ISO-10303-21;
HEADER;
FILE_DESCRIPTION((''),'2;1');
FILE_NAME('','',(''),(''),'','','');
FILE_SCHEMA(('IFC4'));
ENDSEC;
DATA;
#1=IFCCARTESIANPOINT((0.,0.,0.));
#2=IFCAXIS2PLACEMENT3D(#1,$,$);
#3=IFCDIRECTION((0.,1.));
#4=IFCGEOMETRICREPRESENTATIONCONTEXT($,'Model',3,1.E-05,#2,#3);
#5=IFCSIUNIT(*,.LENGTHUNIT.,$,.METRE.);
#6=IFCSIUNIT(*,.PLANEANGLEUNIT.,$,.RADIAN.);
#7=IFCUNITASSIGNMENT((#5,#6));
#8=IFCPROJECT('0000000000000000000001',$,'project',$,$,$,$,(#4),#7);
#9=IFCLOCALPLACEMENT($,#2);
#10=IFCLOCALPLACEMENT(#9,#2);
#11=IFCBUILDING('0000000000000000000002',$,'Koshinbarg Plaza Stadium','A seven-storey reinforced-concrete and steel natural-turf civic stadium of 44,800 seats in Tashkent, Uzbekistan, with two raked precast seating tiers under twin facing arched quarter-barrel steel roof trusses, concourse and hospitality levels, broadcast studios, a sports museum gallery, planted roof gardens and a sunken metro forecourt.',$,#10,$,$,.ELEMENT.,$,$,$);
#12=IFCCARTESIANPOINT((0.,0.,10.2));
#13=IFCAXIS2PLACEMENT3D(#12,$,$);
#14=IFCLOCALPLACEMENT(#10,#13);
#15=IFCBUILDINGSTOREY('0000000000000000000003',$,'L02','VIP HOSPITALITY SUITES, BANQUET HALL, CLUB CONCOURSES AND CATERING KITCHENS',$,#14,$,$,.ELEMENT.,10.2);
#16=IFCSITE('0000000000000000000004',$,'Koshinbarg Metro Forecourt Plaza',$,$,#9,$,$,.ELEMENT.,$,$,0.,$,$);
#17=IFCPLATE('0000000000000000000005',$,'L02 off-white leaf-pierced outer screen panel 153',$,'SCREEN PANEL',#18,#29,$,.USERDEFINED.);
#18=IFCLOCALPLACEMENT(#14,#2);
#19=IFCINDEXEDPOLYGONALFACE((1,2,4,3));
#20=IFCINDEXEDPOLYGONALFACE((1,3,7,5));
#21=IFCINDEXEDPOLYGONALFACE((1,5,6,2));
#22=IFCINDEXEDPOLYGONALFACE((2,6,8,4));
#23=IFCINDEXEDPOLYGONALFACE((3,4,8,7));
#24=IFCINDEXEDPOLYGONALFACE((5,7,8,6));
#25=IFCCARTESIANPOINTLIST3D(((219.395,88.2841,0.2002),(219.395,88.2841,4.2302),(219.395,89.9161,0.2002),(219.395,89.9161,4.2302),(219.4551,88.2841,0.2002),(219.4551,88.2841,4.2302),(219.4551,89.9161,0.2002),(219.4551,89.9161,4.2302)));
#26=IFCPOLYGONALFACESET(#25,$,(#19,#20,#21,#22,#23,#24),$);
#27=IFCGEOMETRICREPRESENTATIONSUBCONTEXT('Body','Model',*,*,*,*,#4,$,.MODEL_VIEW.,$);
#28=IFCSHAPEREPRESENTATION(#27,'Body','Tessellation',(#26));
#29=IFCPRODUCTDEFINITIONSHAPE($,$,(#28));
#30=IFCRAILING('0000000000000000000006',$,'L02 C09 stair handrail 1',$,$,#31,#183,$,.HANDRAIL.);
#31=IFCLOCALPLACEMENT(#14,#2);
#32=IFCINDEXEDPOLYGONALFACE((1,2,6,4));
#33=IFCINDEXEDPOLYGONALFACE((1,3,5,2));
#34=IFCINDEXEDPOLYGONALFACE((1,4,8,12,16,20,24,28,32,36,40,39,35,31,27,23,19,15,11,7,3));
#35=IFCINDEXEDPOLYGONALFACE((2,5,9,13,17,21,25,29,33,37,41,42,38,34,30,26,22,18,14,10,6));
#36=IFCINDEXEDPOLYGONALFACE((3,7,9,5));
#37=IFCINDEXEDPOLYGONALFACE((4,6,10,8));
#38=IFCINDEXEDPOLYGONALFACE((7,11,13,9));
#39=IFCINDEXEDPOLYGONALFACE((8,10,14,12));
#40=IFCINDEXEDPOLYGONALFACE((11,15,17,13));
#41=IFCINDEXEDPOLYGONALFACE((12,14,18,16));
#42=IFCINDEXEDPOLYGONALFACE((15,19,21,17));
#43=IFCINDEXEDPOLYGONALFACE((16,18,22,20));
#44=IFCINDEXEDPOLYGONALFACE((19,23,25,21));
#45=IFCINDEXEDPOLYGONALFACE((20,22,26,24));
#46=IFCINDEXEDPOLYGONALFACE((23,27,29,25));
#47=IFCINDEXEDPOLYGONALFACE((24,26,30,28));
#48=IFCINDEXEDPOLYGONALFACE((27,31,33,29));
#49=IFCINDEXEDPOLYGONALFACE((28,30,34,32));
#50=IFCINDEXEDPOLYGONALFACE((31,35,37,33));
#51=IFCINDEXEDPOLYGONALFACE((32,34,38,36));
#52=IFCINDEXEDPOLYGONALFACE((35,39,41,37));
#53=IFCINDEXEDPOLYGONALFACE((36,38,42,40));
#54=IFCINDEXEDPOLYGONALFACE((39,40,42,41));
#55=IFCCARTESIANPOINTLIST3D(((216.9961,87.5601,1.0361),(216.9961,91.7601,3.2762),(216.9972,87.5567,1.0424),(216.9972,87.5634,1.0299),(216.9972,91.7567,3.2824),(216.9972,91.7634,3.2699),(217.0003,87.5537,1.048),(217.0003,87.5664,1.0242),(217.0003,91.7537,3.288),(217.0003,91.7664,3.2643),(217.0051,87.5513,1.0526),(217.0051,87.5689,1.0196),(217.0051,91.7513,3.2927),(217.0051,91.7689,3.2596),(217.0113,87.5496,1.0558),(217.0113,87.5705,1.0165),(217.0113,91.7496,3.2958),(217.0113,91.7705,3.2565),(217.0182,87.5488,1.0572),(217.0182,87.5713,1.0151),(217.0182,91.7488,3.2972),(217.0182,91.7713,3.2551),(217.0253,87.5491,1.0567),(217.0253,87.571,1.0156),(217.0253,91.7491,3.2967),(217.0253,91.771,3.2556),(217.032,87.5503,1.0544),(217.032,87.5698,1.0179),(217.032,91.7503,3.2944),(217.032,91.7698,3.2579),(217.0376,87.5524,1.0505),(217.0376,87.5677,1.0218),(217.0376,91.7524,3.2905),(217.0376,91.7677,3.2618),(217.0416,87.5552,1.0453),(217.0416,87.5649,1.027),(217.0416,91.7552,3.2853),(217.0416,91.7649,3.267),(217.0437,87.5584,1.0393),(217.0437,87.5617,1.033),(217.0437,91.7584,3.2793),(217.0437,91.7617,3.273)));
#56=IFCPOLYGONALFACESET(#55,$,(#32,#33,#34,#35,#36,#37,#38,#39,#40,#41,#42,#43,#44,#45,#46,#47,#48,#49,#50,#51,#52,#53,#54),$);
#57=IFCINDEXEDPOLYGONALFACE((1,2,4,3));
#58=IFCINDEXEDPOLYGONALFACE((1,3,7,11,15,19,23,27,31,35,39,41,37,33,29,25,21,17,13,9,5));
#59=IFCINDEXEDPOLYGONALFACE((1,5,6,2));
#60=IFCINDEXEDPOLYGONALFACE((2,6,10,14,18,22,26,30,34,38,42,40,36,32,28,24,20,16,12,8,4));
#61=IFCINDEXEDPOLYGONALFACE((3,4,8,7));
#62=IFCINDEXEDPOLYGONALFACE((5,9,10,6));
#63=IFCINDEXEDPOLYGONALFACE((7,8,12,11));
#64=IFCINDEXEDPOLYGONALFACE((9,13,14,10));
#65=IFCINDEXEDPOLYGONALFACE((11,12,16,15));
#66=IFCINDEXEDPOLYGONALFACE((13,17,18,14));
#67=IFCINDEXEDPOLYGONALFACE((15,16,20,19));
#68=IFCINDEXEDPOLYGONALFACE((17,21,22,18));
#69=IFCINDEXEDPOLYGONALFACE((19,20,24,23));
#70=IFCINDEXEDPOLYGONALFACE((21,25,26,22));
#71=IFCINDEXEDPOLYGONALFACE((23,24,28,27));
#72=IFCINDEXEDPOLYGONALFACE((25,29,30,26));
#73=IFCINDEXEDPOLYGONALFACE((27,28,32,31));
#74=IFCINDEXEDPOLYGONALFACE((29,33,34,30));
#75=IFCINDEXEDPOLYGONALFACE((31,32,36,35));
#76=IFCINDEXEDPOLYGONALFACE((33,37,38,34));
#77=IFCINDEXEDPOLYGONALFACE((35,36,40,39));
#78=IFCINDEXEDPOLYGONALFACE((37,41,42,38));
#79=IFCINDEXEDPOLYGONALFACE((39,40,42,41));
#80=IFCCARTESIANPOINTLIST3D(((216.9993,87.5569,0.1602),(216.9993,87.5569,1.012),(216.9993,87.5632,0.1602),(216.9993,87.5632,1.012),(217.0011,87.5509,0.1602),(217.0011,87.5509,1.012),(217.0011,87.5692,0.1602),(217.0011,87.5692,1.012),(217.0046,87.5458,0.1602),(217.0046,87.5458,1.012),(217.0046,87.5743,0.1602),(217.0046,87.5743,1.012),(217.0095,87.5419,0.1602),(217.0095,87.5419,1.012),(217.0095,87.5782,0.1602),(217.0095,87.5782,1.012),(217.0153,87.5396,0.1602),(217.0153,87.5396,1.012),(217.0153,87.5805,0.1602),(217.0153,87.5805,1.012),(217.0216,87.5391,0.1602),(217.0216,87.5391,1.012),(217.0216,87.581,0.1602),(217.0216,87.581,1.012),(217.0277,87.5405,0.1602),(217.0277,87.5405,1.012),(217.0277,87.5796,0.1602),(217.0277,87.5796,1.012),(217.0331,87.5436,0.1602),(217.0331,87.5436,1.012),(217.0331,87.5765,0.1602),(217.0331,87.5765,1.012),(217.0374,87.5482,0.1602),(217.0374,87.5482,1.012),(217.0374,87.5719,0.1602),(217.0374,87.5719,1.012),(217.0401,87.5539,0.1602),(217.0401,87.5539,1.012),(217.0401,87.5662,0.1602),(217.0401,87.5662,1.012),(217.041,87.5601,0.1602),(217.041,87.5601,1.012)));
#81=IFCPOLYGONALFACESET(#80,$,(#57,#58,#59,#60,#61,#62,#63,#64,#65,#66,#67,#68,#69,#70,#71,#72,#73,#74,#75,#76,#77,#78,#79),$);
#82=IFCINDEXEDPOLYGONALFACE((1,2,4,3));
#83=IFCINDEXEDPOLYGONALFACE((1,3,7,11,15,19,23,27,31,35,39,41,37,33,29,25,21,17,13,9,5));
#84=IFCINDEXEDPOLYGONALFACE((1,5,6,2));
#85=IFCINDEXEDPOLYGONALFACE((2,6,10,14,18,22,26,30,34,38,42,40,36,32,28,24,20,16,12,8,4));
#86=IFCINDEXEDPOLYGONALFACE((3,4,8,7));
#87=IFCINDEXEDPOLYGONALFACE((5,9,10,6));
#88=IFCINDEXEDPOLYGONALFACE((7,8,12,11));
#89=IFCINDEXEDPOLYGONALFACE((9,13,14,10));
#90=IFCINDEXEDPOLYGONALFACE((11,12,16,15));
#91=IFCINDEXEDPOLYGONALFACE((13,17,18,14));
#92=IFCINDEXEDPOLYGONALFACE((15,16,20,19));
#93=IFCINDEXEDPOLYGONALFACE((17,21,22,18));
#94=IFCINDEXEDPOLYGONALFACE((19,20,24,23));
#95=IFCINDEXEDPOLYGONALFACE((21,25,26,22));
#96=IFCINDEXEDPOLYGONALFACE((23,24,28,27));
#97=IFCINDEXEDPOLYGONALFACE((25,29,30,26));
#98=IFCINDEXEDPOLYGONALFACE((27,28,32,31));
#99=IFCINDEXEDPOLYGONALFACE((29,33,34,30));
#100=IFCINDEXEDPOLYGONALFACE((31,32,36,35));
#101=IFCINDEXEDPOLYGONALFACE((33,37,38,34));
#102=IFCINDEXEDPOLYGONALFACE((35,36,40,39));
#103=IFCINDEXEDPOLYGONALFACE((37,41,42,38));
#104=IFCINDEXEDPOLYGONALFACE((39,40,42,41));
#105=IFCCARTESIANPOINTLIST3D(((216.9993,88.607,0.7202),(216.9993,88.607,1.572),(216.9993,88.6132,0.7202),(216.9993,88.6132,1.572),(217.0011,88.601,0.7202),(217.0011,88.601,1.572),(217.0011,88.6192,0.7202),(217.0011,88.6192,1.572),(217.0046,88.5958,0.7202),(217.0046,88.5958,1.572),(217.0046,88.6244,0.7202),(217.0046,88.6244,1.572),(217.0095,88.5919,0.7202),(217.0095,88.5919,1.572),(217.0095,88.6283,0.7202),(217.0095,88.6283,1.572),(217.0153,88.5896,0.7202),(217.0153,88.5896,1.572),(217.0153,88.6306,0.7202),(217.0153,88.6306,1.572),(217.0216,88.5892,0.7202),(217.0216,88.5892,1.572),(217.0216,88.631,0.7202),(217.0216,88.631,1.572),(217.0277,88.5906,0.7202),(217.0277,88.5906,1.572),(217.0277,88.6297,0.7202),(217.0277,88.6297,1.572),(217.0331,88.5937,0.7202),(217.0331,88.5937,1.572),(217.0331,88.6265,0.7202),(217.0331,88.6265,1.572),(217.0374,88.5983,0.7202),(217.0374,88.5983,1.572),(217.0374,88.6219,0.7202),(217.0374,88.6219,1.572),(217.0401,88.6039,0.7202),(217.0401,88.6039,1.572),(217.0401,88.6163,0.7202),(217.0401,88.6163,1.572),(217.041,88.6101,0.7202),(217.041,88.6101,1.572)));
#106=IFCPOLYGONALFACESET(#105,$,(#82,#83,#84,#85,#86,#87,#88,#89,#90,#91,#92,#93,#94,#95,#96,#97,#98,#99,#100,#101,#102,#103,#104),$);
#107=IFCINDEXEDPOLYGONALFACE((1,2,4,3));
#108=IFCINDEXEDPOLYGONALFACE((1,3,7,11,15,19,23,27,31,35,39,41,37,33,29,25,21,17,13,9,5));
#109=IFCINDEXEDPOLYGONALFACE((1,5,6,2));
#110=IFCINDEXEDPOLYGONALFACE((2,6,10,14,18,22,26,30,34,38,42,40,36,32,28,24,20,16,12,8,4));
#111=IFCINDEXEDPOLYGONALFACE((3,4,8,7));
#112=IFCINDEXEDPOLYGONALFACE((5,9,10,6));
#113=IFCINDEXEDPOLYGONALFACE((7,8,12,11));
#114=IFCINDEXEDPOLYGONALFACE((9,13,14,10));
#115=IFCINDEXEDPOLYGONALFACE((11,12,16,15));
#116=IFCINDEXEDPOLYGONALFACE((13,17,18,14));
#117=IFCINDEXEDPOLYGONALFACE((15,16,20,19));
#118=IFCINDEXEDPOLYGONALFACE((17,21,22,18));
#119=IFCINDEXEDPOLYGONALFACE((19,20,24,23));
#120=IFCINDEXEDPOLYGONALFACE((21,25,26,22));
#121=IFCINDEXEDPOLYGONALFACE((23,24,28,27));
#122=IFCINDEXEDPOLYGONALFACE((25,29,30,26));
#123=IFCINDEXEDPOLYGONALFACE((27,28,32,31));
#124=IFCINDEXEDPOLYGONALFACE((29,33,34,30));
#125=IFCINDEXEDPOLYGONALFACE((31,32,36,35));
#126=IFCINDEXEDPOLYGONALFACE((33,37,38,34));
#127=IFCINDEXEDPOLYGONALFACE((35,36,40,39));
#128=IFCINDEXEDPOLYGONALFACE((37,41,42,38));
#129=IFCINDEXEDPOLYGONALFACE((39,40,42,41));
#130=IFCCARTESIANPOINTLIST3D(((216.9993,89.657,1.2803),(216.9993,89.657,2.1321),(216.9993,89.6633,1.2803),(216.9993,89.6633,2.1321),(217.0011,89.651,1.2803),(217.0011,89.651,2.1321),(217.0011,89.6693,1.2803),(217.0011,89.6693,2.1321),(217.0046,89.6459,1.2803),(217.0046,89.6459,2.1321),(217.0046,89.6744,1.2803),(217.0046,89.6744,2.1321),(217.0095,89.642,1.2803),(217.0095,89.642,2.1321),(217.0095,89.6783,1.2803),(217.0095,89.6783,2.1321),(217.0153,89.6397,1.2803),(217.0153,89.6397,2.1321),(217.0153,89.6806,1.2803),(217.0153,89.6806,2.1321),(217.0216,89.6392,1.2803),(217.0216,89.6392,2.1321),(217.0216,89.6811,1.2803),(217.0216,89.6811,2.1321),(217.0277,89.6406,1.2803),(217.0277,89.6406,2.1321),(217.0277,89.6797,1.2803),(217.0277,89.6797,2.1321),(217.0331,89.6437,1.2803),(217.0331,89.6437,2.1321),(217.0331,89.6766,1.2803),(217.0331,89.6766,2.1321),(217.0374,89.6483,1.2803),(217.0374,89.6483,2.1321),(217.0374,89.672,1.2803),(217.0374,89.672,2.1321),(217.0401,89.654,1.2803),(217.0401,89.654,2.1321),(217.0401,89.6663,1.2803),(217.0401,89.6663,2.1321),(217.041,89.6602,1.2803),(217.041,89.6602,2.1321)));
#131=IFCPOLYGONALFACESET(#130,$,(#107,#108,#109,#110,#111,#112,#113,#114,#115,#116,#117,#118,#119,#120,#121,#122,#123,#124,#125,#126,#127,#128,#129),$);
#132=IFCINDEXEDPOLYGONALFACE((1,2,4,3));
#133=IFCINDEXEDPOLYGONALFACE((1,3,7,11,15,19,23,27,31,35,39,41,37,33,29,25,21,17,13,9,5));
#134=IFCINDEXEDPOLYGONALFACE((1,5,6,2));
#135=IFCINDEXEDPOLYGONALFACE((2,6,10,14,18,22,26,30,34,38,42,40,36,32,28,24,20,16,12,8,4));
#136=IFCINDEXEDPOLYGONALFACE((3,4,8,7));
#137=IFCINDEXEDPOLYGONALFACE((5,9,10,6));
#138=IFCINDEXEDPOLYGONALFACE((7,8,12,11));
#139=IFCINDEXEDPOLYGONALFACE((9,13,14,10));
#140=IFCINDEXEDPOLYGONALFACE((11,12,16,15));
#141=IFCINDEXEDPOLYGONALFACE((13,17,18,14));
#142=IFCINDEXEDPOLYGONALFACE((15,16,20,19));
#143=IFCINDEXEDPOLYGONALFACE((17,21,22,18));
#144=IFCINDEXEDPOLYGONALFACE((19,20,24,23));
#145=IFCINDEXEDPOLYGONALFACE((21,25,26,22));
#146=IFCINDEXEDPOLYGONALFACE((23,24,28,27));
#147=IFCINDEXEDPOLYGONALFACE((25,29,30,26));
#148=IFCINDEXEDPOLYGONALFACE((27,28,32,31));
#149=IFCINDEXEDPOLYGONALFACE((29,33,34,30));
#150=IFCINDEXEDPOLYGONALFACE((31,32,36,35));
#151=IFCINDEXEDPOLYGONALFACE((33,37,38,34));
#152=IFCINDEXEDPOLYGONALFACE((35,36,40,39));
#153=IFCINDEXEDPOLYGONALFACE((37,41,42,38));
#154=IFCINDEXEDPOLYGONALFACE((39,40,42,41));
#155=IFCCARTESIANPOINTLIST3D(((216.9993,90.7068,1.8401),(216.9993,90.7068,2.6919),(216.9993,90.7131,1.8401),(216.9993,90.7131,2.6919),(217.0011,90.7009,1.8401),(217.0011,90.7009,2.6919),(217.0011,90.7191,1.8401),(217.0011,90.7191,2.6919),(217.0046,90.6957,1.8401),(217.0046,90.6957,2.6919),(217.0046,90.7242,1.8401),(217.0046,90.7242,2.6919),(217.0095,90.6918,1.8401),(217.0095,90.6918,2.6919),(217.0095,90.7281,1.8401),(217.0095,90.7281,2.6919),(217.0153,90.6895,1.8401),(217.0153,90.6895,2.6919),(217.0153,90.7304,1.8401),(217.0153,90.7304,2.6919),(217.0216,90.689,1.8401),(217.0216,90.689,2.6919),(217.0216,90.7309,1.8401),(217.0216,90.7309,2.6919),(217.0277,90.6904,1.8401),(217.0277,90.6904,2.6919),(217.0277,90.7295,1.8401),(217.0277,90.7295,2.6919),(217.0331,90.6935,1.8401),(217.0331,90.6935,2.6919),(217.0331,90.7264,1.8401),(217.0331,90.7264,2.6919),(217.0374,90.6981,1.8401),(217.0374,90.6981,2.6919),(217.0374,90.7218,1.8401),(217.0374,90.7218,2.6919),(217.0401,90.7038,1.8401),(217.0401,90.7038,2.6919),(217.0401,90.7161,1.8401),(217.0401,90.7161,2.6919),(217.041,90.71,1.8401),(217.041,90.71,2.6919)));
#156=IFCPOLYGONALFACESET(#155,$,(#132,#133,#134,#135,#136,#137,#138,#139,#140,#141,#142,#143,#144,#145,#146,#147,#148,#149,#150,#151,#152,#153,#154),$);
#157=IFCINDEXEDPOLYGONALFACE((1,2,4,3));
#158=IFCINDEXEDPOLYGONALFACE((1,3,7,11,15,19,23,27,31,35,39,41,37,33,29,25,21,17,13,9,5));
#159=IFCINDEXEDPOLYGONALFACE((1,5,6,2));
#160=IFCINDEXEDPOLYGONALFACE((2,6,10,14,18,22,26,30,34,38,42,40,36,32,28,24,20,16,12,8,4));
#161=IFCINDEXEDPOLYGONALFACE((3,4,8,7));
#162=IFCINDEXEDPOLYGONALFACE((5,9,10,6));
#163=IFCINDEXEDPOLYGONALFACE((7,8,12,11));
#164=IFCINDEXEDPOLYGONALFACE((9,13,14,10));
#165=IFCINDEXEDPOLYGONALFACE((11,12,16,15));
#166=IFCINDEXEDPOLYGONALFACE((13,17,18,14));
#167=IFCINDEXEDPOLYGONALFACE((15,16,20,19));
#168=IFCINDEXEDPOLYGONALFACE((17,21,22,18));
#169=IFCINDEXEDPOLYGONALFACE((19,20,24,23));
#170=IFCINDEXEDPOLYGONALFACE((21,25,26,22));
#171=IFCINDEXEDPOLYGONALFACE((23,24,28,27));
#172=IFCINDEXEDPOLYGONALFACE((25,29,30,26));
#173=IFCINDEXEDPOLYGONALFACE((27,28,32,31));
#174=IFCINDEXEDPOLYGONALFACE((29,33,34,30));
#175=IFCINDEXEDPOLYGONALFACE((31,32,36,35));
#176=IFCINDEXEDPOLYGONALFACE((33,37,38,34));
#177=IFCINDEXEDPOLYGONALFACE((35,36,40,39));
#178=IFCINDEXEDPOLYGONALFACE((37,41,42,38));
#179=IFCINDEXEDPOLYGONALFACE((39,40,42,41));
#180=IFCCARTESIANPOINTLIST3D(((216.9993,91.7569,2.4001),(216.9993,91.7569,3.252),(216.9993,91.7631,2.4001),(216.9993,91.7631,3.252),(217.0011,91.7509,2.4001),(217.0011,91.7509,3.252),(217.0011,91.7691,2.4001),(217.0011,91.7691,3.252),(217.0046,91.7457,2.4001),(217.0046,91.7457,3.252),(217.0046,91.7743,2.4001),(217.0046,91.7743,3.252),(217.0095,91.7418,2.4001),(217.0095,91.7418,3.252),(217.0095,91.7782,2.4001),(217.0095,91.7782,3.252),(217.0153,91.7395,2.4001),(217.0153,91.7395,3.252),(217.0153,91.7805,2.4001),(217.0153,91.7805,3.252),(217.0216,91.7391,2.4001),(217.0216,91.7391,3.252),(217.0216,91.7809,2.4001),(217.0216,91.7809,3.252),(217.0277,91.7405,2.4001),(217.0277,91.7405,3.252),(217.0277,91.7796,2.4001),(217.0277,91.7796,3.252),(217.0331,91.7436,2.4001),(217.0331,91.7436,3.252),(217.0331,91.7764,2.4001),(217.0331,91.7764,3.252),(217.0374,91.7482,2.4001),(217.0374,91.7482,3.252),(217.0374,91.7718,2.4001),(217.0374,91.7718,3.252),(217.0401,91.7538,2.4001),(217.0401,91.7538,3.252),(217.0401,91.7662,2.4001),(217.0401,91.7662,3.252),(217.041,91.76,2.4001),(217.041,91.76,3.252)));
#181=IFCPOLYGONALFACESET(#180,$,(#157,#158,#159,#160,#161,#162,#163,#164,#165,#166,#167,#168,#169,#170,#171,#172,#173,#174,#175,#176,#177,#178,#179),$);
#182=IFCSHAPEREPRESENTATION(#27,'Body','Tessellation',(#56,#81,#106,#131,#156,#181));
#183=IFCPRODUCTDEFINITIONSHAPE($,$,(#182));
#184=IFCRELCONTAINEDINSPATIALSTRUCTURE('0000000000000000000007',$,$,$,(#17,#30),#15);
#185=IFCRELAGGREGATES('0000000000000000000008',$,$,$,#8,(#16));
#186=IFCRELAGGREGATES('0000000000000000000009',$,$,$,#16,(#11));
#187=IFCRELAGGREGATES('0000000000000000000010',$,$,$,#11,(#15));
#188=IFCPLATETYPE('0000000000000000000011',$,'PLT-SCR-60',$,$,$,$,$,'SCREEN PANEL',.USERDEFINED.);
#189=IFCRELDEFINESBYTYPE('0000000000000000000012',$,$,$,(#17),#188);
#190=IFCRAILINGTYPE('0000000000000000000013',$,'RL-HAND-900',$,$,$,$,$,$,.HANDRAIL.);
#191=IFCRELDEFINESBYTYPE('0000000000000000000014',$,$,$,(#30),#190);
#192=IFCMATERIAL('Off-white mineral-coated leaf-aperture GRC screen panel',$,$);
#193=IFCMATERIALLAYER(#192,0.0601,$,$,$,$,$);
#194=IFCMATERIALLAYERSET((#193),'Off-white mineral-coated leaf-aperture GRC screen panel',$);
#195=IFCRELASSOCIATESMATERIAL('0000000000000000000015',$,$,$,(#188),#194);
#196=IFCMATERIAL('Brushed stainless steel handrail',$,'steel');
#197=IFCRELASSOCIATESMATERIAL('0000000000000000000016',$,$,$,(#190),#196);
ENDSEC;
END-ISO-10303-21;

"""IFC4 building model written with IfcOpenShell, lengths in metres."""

from ifc_helpers import new_model, si_unit, direction, frame, origin, origin_2d, place, context, subcontext, project, spatial, rectangle, circle, extrude, material, layer, layer_set, type_object, element, save


model = new_model("IFC4")

# Units and contexts
model_context = context("Model", 3, precision=1e-05, world=origin(), true_north=direction((0.0, 1.0)))
body_context = subcontext(model_context, "Body", "Model", "MODEL_VIEW")
ifc_project = project(units=[si_unit("LENGTHUNIT", "METRE"), si_unit("PLANEANGLEUNIT", "RADIAN")], contexts=[model_context])

# Site, building, storey
site_placement = place(None, origin())
site = spatial("IfcSite", under=ifc_project, at=site_placement, Name="Koshinbarg Metro Forecourt Plaza", CompositionType="ELEMENT", RefElevation=0.0)
building_placement = place(site_placement, origin())
building = spatial("IfcBuilding", under=site, at=building_placement, Name="Koshinbarg Plaza Stadium", Description="A seven-storey reinforced-concrete and steel natural-turf civic stadium of 44,800 seats in Tashkent, Uzbekistan, with two raked precast seating tiers under twin facing arched quarter-barrel steel roof trusses, concourse and hospitality levels, broadcast studios, a sports museum gallery, planted roof gardens and a sunken metro forecourt.", CompositionType="ELEMENT")
storey_placement = place(building_placement, frame((0.0, 0.0, 10.2)))
storey = spatial("IfcBuildingStorey", under=building, at=storey_placement, Name="L02", Description="VIP HOSPITALITY SUITES, BANQUET HALL, CLUB CONCOURSES AND CATERING KITCHENS", CompositionType="ELEMENT", Elevation=10.2)

# Plate
ifc_material_1 = material(Name="Off-white mineral-coated leaf-aperture GRC screen panel")
ifc_layer_1 = layer(ifc_material_1, 0.0601)
ifc_layer_set_1 = layer_set([ifc_layer_1], Name="Off-white mineral-coated leaf-aperture GRC screen panel")
plate_type_1 = type_object("IfcPlateType", Name="PLT-SCR-60", ElementType="SCREEN PANEL", PredefinedType="USERDEFINED", material=ifc_layer_set_1)
plate_1_placement = place(storey_placement, frame((219.425, 89.1001, 0.2002), z_axis=(0.0, 0.0, 1.0), x_axis=(1.0, 0.0, 0.0)))
element("IfcPlate", 1, at=plate_1_placement, inside=storey, type_object=plate_type_1, Name="L02 off-white leaf-pierced outer screen panel 153", ObjectType="SCREEN PANEL", PredefinedType="USERDEFINED", context=body_context, shape_type="SweptSolid", body=[
    extrude(rectangle(XDim=0.0601, YDim=1.6321, at=origin_2d()), origin(), (0.0, 0.0, 1.0), 4.03),
])

# Railing
ifc_material_2 = material(Name="Brushed stainless steel handrail", Category="steel")
railing_type = type_object("IfcRailingType", Name="RL-HAND-900", PredefinedType="HANDRAIL", material=ifc_material_2)
railing_placement = place(storey_placement, frame((217.02, 87.5601, 0.1602)))
element("IfcRailing", 2, at=railing_placement, inside=storey, type_object=railing_type, Name="L02 C09 stair handrail 1", PredefinedType="HANDRAIL", context=body_context, shape_type="SweptSolid", body=[
    extrude(circle(Radius=0.0239, at=origin_2d()), frame((0.0, 0.0, 0.876), z_axis=(0.0, 0.882352, 0.470591), x_axis=(-1.0, 0.0, 0.0)), (0.0, 0.0, 1.0), 4.76),
    extrude(circle(Radius=0.021, at=origin_2d()), origin(), (0.0, 0.0, 1.0), 0.8518),
    extrude(circle(Radius=0.021, at=origin_2d()), frame((0.0, 1.05, 0.5601)), (0.0, 0.0, 1.0), 0.8518),
    extrude(circle(Radius=0.021, at=origin_2d()), frame((0.0, 2.1001, 1.1201)), (0.0, 0.0, 1.0), 0.8518),
    extrude(circle(Radius=0.021, at=origin_2d()), frame((0.0, 3.1499, 1.6799)), (0.0, 0.0, 1.0), 0.8518),
    extrude(circle(Radius=0.021, at=origin_2d()), frame((0.0, 4.2, 2.24)), (0.0, 0.0, 1.0), 0.8518),
])

save(model, "model.ifc")
